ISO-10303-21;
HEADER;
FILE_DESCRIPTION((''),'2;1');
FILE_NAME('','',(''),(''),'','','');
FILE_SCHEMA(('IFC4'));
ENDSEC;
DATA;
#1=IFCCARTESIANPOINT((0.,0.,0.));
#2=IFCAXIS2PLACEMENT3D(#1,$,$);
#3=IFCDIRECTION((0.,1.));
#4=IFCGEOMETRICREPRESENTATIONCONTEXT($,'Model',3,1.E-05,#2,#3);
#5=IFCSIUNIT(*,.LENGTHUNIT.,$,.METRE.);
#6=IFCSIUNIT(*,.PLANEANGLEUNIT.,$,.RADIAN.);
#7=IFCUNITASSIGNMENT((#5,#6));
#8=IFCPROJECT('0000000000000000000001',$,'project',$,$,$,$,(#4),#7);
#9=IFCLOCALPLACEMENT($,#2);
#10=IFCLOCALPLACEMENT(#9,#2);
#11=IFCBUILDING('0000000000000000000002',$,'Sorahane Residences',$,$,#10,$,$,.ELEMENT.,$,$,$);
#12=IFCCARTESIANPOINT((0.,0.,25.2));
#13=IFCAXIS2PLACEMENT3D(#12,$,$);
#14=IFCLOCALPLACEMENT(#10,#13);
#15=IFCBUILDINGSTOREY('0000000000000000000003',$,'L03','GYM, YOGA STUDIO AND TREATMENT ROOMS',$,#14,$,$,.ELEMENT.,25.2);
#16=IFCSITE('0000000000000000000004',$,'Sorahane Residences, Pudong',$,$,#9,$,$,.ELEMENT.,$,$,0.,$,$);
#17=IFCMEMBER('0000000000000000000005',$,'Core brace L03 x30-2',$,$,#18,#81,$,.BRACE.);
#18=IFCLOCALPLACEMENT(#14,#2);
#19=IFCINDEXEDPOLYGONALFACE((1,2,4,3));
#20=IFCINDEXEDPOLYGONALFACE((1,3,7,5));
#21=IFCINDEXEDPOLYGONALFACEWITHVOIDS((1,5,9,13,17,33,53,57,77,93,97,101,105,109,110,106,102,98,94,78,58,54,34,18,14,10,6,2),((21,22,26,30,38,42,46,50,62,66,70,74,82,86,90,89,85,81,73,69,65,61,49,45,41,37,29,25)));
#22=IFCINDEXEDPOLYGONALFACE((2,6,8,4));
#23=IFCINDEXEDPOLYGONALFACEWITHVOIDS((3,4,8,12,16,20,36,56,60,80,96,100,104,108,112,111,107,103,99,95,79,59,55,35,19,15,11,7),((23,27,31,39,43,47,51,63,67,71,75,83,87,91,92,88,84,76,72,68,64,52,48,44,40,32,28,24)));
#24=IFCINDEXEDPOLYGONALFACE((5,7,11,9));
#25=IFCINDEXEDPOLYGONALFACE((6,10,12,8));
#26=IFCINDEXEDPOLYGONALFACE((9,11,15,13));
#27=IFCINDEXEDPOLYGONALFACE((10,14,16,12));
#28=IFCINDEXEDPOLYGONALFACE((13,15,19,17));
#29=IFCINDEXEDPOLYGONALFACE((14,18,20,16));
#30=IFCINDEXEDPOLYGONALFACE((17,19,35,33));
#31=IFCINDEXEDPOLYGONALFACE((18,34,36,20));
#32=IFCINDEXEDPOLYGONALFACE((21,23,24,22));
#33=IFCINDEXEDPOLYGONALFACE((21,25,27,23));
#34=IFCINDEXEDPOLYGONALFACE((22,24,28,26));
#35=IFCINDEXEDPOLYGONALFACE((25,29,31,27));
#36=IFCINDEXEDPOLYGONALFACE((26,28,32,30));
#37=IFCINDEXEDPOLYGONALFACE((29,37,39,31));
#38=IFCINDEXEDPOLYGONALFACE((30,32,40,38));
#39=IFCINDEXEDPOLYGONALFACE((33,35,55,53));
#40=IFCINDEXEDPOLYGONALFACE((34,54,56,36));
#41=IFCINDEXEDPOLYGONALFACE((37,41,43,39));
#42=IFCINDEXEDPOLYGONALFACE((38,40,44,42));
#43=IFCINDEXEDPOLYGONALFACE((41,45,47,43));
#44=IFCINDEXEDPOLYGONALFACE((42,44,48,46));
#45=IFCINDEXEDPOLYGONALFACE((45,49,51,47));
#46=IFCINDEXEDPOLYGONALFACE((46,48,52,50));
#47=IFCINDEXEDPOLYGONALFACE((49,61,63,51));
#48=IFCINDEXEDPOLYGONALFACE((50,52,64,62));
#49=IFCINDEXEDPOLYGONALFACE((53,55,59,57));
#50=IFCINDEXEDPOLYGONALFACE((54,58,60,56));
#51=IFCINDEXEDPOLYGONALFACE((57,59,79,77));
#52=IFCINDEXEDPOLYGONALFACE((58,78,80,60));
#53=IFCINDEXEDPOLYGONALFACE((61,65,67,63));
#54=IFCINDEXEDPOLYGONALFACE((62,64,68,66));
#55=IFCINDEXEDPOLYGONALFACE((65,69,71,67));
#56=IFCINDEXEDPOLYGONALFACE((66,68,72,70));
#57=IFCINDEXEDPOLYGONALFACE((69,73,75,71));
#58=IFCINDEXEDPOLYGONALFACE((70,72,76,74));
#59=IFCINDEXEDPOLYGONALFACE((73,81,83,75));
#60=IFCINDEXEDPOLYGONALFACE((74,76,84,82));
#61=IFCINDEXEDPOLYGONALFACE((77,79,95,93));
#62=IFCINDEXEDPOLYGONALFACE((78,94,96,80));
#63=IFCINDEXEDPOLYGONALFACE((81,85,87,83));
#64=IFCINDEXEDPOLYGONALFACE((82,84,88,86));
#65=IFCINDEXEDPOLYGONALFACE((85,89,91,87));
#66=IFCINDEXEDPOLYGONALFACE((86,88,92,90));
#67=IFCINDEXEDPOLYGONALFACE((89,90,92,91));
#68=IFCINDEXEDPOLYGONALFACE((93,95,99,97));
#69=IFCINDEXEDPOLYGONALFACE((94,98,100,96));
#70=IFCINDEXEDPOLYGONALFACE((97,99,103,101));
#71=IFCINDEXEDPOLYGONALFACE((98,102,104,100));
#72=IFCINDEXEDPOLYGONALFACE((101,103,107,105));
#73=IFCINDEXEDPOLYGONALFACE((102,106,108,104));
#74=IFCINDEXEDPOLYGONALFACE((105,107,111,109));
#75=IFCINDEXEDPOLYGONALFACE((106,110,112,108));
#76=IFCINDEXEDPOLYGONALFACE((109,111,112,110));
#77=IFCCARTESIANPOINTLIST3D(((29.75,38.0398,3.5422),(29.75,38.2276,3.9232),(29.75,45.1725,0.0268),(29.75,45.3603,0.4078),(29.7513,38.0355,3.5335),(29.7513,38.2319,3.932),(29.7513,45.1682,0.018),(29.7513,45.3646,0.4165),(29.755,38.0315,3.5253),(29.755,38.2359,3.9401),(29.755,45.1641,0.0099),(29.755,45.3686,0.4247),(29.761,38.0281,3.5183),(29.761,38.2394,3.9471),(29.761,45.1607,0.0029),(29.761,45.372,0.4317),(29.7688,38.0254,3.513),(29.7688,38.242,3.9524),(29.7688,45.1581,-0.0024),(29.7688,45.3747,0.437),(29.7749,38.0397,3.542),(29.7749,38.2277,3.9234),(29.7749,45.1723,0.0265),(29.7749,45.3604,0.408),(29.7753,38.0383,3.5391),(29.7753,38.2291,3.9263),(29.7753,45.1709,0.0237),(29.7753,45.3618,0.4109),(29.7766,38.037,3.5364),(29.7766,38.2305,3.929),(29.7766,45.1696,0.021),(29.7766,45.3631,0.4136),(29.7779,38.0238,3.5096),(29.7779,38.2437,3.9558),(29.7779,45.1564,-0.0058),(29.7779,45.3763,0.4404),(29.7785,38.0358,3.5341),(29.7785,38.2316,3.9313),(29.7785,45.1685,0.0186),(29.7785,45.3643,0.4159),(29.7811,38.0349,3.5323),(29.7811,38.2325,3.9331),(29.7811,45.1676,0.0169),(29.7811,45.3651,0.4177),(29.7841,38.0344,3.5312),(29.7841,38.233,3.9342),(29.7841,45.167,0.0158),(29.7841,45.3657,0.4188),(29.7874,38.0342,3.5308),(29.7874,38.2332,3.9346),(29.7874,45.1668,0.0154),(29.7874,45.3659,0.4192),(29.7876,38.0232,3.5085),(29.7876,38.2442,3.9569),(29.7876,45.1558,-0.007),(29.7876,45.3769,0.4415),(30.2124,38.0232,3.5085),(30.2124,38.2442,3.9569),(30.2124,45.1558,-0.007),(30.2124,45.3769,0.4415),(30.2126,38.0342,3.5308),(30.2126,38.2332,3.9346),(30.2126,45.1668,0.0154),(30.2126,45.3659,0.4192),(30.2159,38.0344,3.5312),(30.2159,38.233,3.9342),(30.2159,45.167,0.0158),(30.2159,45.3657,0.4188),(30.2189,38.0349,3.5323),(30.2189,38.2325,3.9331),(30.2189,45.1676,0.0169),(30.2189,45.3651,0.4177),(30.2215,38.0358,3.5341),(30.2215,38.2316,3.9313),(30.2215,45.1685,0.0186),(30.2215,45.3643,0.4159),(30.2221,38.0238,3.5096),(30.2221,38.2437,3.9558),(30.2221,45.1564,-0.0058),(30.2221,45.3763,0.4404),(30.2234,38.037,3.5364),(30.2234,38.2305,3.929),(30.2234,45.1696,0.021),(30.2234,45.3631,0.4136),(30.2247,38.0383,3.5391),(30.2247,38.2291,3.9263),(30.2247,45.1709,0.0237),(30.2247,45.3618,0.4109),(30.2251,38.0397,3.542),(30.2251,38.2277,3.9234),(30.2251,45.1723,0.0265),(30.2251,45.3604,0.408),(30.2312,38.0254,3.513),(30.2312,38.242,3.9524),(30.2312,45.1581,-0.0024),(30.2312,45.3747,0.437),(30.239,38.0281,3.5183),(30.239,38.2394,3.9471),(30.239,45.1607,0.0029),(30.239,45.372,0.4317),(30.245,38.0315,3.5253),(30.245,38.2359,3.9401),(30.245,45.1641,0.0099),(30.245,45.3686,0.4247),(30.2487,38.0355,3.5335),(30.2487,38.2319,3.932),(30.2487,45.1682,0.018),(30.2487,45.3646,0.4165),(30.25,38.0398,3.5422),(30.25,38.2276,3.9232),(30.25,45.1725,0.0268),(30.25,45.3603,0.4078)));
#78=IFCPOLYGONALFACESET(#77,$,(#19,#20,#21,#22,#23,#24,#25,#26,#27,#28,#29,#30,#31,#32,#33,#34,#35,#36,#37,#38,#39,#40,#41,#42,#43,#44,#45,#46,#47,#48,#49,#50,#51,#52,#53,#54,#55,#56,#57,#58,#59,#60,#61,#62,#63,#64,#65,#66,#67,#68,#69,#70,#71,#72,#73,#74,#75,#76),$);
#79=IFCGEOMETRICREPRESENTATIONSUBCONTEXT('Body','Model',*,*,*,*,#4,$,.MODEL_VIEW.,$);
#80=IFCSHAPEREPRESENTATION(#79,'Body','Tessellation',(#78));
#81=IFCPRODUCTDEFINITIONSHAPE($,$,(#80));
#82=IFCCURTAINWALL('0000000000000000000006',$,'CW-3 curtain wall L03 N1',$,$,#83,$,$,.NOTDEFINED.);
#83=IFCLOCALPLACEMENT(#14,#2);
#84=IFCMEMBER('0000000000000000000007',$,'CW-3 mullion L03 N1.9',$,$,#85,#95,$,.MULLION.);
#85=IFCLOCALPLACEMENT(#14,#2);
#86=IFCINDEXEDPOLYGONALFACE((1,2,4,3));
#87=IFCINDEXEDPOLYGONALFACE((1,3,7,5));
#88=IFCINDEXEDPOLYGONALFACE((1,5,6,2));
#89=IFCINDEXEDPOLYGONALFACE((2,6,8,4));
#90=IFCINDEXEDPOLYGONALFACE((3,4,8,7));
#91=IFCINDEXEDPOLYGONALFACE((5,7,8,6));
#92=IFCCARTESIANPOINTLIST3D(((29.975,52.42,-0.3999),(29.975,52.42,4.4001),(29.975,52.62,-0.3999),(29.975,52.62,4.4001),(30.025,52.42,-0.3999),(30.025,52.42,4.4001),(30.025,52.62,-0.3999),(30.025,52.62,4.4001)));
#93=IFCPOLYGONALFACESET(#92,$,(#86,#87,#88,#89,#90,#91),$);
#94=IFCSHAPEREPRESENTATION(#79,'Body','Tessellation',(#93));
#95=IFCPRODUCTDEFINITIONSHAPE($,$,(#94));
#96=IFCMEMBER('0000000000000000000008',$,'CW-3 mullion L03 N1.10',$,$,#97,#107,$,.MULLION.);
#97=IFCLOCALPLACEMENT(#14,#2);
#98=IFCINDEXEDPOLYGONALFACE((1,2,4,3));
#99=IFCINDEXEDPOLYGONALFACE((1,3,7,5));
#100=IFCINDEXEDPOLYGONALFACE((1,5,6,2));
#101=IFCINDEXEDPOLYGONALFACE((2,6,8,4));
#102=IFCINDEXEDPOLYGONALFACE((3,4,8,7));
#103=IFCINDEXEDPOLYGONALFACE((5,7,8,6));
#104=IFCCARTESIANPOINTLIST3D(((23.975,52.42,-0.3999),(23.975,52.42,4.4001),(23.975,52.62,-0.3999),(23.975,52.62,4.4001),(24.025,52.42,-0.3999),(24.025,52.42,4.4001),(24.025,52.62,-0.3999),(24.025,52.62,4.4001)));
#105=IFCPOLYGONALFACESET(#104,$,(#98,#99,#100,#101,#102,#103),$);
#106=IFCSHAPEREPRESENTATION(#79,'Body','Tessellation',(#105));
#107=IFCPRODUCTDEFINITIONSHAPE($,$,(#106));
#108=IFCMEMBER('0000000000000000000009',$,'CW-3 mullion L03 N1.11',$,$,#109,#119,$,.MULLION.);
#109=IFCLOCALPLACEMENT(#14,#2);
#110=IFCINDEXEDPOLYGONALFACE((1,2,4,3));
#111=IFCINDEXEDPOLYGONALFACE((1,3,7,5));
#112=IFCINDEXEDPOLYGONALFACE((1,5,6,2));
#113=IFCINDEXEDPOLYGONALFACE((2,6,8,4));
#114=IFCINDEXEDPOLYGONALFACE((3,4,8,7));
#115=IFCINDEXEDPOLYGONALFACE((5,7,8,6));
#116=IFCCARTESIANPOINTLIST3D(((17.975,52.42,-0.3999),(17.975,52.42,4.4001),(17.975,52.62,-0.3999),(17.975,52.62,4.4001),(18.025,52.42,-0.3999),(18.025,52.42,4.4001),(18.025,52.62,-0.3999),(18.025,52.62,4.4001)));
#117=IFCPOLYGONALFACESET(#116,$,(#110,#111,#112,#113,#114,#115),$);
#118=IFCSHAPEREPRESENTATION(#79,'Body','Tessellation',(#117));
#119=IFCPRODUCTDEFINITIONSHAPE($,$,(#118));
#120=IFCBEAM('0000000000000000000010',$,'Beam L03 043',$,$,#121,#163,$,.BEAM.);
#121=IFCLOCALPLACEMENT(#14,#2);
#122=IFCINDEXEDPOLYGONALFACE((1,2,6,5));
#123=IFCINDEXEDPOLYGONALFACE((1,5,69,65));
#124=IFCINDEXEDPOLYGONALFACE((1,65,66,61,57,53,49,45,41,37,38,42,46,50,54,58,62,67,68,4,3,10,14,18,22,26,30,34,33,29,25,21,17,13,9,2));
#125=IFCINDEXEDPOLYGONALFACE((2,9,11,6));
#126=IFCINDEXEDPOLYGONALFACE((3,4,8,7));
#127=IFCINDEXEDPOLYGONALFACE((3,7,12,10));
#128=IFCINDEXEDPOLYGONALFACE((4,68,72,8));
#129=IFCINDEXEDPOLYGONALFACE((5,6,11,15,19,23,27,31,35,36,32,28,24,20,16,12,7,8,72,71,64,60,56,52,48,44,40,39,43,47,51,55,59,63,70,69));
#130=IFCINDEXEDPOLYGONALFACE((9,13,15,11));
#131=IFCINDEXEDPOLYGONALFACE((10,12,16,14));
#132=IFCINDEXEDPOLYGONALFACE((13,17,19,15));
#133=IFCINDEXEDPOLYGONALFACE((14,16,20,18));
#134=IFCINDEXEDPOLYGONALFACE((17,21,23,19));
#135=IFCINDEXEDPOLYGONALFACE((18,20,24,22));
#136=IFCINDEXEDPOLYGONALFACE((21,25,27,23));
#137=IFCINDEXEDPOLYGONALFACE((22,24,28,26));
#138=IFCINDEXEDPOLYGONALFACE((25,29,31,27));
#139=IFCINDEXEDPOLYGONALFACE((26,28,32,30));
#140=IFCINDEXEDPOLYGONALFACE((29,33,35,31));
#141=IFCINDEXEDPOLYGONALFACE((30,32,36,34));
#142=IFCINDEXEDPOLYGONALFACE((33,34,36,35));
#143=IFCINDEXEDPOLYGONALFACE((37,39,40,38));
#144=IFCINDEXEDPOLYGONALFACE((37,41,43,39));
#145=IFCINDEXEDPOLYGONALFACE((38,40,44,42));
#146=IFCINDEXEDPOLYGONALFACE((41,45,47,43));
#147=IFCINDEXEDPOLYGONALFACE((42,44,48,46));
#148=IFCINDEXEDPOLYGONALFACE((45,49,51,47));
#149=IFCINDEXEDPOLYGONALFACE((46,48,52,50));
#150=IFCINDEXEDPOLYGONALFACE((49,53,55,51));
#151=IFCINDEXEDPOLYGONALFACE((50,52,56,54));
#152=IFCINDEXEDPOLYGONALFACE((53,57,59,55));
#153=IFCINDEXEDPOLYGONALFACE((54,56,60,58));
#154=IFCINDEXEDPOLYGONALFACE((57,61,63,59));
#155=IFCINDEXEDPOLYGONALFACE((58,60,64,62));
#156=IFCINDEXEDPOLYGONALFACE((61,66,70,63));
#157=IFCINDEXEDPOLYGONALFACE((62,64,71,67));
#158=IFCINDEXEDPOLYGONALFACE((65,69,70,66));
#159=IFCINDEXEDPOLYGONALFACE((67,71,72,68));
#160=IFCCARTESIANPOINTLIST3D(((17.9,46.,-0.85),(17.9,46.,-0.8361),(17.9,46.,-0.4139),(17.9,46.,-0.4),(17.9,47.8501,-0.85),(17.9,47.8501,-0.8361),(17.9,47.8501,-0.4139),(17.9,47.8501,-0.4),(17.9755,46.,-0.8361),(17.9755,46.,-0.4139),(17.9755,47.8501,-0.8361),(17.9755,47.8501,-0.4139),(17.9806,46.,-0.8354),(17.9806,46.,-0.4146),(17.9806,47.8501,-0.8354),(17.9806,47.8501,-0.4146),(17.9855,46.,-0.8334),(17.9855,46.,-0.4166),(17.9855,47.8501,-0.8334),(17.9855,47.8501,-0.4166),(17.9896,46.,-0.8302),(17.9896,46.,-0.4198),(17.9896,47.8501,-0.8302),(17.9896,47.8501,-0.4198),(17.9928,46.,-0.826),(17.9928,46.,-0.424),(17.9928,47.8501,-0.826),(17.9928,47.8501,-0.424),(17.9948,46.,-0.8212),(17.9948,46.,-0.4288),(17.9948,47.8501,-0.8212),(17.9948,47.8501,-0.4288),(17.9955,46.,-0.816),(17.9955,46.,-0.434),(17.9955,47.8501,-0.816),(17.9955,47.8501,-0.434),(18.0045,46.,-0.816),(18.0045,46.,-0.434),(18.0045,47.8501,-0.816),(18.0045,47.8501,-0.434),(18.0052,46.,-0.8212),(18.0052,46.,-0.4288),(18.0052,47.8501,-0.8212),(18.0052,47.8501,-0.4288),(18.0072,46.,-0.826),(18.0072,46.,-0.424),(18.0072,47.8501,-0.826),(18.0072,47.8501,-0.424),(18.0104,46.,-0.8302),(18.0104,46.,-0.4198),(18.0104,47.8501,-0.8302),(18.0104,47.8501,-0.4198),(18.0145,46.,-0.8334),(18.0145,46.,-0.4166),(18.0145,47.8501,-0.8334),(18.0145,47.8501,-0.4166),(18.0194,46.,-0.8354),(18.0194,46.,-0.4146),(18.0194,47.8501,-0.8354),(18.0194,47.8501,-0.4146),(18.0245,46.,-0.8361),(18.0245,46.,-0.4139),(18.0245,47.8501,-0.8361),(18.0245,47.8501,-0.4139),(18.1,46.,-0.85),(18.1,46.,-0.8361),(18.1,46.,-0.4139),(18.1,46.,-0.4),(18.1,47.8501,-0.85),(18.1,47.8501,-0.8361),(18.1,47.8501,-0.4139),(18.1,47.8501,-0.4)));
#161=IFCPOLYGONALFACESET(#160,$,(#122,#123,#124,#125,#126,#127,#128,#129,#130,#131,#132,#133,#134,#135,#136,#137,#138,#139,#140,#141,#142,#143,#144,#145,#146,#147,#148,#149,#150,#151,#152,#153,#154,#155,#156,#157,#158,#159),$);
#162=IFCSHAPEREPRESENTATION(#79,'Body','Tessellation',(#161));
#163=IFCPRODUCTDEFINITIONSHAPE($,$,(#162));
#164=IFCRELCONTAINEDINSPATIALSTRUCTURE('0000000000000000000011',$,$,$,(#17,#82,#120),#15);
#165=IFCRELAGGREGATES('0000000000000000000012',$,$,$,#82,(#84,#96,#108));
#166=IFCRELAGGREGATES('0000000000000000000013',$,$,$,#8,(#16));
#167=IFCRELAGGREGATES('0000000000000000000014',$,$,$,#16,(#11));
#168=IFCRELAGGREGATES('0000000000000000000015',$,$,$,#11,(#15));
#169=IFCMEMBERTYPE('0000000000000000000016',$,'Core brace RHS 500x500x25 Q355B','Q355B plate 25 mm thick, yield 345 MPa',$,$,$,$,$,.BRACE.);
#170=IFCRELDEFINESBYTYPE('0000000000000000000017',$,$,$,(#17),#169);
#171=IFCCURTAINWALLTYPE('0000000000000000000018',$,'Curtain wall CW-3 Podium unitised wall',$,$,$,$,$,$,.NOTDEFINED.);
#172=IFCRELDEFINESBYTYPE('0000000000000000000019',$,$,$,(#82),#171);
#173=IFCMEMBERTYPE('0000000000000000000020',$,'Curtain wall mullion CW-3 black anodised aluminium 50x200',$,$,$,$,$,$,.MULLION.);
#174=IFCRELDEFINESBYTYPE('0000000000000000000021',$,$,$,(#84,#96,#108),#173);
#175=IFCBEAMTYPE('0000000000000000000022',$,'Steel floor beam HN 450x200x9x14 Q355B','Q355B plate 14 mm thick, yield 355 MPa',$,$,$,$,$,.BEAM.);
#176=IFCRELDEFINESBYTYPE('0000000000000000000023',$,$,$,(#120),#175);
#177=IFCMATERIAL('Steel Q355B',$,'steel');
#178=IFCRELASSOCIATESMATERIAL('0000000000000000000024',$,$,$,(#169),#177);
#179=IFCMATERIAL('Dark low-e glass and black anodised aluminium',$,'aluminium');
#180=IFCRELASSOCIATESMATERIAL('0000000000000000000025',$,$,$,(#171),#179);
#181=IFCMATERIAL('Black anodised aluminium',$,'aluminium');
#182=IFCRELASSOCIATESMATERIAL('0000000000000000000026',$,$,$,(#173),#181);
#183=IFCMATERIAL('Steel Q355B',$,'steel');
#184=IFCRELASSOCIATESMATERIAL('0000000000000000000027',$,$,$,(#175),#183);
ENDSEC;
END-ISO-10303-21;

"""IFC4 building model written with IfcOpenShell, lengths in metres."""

from ifc_helpers import new_model, si_unit, direction, frame, origin, origin_2d, place, context, subcontext, project, spatial, rectangle, hollow_rectangle, i_section, extrude, material, material_profile, profile_set, type_object, element, aggregate, save


model = new_model("IFC4")

# Units and contexts
model_context = context("Model", 3, precision=1e-05, world=origin(), true_north=direction((0.0, 1.0)))
body_context = subcontext(model_context, "Body", "Model", "MODEL_VIEW")
ifc_project = project(units=[si_unit("LENGTHUNIT", "METRE"), si_unit("PLANEANGLEUNIT", "RADIAN")], contexts=[model_context])

# Site, building, storey
site_placement = place(None, origin())
site = spatial("IfcSite", under=ifc_project, at=site_placement, Name="Sorahane Residences, Pudong", CompositionType="ELEMENT", RefElevation=0.0)
building_placement = place(site_placement, origin())
building = spatial("IfcBuilding", under=site, at=building_placement, Name="Sorahane Residences", CompositionType="ELEMENT")
storey_placement = place(building_placement, frame((0.0, 0.0, 25.2)))
storey = spatial("IfcBuildingStorey", under=building, at=storey_placement, Name="L03", Description="GYM, YOGA STUDIO AND TREATMENT ROOMS", CompositionType="ELEMENT", Elevation=25.2)

# Member
ifc_material_1 = material(Name="Steel Q355B", Category="steel")
ifc_material_profile_1 = material_profile(ifc_material_1, hollow_rectangle(XDim=0.5, YDim=0.5, WallThickness=0.0249, InnerFilletRadius=0.0125, OuterFilletRadius=0.0376, at=origin_2d()), Name="RHS 500x500x25")
ifc_profile_set_1 = profile_set([ifc_material_profile_1], Name="Steel Q355B")
member_type_1 = type_object("IfcMemberType", Name="Core brace RHS 500x500x25 Q355B", Description="Q355B plate 25 mm thick, yield 345 MPa", PredefinedType="BRACE", material=ifc_profile_set_1)
member_1_placement = place(storey_placement, frame((30.0, 45.2664, 0.2173), z_axis=(0.0, -0.896973, 0.442085), x_axis=(1.0, 0.0, 0.0)))
element("IfcMember", 1, at=member_1_placement, inside=storey, type_object=member_type_1, Name="Core brace L03 x30-2", PredefinedType="BRACE", context=body_context, shape_type="SweptSolid", body=[
    extrude(hollow_rectangle(XDim=0.5, YDim=0.5, WallThickness=0.0249, InnerFilletRadius=0.0125, OuterFilletRadius=0.0376, at=origin_2d()), origin(), (0.0, 0.0, 1.0), 7.9519),
])

# Curtain wall, members
ifc_material_2 = material(Name="Dark low-e glass and black anodised aluminium", Category="aluminium")
curtain_wall_type = type_object("IfcCurtainWallType", Name="Curtain wall CW-3 Podium unitised wall", PredefinedType="NOTDEFINED", material=ifc_material_2)
curtain_wall_placement = place(storey_placement, origin())
curtain_wall = element("IfcCurtainWall", 2, at=curtain_wall_placement, inside=storey, type_object=curtain_wall_type, Name="CW-3 curtain wall L03 N1", PredefinedType="NOTDEFINED")
ifc_material_3 = material(Name="Black anodised aluminium", Category="aluminium")
ifc_material_profile_2 = material_profile(ifc_material_3, rectangle(XDim=0.2, YDim=0.05, at=origin_2d()), Name="Curtain wall mullion CW-3 black anodised aluminium 50x200")
ifc_profile_set_2 = profile_set([ifc_material_profile_2], Name="Black anodised aluminium")
member_type_2 = type_object("IfcMemberType", Name="Curtain wall mullion CW-3 black anodised aluminium 50x200", PredefinedType="MULLION", material=ifc_profile_set_2)
member_2_placement = place(storey_placement, frame((30.0, 52.52, -0.3999), z_axis=(0.0, 0.0, 1.0), x_axis=(0.0, 1.0, 0.0)))
member_2 = element("IfcMember", 3, at=member_2_placement, type_object=member_type_2, Name="CW-3 mullion L03 N1.9", PredefinedType="MULLION", context=body_context, shape_type="SweptSolid", body=[
    extrude(rectangle(XDim=0.2, YDim=0.05, at=origin_2d()), origin(), (0.0, 0.0, 1.0), 4.8),
])
member_3_placement = place(storey_placement, frame((24.0, 52.52, -0.3999), z_axis=(0.0, 0.0, 1.0), x_axis=(0.0, 1.0, 0.0)))
member_3 = element("IfcMember", 4, at=member_3_placement, type_object=member_type_2, Name="CW-3 mullion L03 N1.10", PredefinedType="MULLION", context=body_context, shape_type="SweptSolid", body=[
    extrude(rectangle(XDim=0.2, YDim=0.05, at=origin_2d()), origin(), (0.0, 0.0, 1.0), 4.8),
])
member_4_placement = place(storey_placement, frame((18.0, 52.52, -0.3999), z_axis=(0.0, 0.0, 1.0), x_axis=(0.0, 1.0, 0.0)))
member_4 = element("IfcMember", 5, at=member_4_placement, type_object=member_type_2, Name="CW-3 mullion L03 N1.11", PredefinedType="MULLION", context=body_context, shape_type="SweptSolid", body=[
    extrude(rectangle(XDim=0.2, YDim=0.05, at=origin_2d()), origin(), (0.0, 0.0, 1.0), 4.8),
])

# Beam
ifc_material_4 = material(Name="Steel Q355B", Category="steel")
ifc_material_profile_3 = material_profile(ifc_material_4, i_section(OverallWidth=0.2, OverallDepth=0.45, WebThickness=0.009, FlangeThickness=0.0139, FilletRadius=0.02, at=origin_2d()), Name="HN 450x200x9x14")
ifc_profile_set_3 = profile_set([ifc_material_profile_3], Name="Steel Q355B")
beam_type_1 = type_object("IfcBeamType", Name="Steel floor beam HN 450x200x9x14 Q355B", Description="Q355B plate 14 mm thick, yield 355 MPa", PredefinedType="BEAM", material=ifc_profile_set_3)
beam_1_placement = place(storey_placement, frame((18.0, 46.0, -0.625), z_axis=(0.0, 1.0, 0.0), x_axis=(-1.0, 0.0, 0.0)))
element("IfcBeam", 6, at=beam_1_placement, inside=storey, type_object=beam_type_1, Name="Beam L03 043", PredefinedType="BEAM", context=body_context, shape_type="SweptSolid", body=[
    extrude(i_section(OverallWidth=0.2, OverallDepth=0.45, WebThickness=0.009, FlangeThickness=0.0139, FilletRadius=0.02, at=origin_2d()), origin(), (0.0, 0.0, 1.0), 1.8501),
])

aggregate(curtain_wall, [member_2, member_3, member_4])

save(model, "model.ifc")
